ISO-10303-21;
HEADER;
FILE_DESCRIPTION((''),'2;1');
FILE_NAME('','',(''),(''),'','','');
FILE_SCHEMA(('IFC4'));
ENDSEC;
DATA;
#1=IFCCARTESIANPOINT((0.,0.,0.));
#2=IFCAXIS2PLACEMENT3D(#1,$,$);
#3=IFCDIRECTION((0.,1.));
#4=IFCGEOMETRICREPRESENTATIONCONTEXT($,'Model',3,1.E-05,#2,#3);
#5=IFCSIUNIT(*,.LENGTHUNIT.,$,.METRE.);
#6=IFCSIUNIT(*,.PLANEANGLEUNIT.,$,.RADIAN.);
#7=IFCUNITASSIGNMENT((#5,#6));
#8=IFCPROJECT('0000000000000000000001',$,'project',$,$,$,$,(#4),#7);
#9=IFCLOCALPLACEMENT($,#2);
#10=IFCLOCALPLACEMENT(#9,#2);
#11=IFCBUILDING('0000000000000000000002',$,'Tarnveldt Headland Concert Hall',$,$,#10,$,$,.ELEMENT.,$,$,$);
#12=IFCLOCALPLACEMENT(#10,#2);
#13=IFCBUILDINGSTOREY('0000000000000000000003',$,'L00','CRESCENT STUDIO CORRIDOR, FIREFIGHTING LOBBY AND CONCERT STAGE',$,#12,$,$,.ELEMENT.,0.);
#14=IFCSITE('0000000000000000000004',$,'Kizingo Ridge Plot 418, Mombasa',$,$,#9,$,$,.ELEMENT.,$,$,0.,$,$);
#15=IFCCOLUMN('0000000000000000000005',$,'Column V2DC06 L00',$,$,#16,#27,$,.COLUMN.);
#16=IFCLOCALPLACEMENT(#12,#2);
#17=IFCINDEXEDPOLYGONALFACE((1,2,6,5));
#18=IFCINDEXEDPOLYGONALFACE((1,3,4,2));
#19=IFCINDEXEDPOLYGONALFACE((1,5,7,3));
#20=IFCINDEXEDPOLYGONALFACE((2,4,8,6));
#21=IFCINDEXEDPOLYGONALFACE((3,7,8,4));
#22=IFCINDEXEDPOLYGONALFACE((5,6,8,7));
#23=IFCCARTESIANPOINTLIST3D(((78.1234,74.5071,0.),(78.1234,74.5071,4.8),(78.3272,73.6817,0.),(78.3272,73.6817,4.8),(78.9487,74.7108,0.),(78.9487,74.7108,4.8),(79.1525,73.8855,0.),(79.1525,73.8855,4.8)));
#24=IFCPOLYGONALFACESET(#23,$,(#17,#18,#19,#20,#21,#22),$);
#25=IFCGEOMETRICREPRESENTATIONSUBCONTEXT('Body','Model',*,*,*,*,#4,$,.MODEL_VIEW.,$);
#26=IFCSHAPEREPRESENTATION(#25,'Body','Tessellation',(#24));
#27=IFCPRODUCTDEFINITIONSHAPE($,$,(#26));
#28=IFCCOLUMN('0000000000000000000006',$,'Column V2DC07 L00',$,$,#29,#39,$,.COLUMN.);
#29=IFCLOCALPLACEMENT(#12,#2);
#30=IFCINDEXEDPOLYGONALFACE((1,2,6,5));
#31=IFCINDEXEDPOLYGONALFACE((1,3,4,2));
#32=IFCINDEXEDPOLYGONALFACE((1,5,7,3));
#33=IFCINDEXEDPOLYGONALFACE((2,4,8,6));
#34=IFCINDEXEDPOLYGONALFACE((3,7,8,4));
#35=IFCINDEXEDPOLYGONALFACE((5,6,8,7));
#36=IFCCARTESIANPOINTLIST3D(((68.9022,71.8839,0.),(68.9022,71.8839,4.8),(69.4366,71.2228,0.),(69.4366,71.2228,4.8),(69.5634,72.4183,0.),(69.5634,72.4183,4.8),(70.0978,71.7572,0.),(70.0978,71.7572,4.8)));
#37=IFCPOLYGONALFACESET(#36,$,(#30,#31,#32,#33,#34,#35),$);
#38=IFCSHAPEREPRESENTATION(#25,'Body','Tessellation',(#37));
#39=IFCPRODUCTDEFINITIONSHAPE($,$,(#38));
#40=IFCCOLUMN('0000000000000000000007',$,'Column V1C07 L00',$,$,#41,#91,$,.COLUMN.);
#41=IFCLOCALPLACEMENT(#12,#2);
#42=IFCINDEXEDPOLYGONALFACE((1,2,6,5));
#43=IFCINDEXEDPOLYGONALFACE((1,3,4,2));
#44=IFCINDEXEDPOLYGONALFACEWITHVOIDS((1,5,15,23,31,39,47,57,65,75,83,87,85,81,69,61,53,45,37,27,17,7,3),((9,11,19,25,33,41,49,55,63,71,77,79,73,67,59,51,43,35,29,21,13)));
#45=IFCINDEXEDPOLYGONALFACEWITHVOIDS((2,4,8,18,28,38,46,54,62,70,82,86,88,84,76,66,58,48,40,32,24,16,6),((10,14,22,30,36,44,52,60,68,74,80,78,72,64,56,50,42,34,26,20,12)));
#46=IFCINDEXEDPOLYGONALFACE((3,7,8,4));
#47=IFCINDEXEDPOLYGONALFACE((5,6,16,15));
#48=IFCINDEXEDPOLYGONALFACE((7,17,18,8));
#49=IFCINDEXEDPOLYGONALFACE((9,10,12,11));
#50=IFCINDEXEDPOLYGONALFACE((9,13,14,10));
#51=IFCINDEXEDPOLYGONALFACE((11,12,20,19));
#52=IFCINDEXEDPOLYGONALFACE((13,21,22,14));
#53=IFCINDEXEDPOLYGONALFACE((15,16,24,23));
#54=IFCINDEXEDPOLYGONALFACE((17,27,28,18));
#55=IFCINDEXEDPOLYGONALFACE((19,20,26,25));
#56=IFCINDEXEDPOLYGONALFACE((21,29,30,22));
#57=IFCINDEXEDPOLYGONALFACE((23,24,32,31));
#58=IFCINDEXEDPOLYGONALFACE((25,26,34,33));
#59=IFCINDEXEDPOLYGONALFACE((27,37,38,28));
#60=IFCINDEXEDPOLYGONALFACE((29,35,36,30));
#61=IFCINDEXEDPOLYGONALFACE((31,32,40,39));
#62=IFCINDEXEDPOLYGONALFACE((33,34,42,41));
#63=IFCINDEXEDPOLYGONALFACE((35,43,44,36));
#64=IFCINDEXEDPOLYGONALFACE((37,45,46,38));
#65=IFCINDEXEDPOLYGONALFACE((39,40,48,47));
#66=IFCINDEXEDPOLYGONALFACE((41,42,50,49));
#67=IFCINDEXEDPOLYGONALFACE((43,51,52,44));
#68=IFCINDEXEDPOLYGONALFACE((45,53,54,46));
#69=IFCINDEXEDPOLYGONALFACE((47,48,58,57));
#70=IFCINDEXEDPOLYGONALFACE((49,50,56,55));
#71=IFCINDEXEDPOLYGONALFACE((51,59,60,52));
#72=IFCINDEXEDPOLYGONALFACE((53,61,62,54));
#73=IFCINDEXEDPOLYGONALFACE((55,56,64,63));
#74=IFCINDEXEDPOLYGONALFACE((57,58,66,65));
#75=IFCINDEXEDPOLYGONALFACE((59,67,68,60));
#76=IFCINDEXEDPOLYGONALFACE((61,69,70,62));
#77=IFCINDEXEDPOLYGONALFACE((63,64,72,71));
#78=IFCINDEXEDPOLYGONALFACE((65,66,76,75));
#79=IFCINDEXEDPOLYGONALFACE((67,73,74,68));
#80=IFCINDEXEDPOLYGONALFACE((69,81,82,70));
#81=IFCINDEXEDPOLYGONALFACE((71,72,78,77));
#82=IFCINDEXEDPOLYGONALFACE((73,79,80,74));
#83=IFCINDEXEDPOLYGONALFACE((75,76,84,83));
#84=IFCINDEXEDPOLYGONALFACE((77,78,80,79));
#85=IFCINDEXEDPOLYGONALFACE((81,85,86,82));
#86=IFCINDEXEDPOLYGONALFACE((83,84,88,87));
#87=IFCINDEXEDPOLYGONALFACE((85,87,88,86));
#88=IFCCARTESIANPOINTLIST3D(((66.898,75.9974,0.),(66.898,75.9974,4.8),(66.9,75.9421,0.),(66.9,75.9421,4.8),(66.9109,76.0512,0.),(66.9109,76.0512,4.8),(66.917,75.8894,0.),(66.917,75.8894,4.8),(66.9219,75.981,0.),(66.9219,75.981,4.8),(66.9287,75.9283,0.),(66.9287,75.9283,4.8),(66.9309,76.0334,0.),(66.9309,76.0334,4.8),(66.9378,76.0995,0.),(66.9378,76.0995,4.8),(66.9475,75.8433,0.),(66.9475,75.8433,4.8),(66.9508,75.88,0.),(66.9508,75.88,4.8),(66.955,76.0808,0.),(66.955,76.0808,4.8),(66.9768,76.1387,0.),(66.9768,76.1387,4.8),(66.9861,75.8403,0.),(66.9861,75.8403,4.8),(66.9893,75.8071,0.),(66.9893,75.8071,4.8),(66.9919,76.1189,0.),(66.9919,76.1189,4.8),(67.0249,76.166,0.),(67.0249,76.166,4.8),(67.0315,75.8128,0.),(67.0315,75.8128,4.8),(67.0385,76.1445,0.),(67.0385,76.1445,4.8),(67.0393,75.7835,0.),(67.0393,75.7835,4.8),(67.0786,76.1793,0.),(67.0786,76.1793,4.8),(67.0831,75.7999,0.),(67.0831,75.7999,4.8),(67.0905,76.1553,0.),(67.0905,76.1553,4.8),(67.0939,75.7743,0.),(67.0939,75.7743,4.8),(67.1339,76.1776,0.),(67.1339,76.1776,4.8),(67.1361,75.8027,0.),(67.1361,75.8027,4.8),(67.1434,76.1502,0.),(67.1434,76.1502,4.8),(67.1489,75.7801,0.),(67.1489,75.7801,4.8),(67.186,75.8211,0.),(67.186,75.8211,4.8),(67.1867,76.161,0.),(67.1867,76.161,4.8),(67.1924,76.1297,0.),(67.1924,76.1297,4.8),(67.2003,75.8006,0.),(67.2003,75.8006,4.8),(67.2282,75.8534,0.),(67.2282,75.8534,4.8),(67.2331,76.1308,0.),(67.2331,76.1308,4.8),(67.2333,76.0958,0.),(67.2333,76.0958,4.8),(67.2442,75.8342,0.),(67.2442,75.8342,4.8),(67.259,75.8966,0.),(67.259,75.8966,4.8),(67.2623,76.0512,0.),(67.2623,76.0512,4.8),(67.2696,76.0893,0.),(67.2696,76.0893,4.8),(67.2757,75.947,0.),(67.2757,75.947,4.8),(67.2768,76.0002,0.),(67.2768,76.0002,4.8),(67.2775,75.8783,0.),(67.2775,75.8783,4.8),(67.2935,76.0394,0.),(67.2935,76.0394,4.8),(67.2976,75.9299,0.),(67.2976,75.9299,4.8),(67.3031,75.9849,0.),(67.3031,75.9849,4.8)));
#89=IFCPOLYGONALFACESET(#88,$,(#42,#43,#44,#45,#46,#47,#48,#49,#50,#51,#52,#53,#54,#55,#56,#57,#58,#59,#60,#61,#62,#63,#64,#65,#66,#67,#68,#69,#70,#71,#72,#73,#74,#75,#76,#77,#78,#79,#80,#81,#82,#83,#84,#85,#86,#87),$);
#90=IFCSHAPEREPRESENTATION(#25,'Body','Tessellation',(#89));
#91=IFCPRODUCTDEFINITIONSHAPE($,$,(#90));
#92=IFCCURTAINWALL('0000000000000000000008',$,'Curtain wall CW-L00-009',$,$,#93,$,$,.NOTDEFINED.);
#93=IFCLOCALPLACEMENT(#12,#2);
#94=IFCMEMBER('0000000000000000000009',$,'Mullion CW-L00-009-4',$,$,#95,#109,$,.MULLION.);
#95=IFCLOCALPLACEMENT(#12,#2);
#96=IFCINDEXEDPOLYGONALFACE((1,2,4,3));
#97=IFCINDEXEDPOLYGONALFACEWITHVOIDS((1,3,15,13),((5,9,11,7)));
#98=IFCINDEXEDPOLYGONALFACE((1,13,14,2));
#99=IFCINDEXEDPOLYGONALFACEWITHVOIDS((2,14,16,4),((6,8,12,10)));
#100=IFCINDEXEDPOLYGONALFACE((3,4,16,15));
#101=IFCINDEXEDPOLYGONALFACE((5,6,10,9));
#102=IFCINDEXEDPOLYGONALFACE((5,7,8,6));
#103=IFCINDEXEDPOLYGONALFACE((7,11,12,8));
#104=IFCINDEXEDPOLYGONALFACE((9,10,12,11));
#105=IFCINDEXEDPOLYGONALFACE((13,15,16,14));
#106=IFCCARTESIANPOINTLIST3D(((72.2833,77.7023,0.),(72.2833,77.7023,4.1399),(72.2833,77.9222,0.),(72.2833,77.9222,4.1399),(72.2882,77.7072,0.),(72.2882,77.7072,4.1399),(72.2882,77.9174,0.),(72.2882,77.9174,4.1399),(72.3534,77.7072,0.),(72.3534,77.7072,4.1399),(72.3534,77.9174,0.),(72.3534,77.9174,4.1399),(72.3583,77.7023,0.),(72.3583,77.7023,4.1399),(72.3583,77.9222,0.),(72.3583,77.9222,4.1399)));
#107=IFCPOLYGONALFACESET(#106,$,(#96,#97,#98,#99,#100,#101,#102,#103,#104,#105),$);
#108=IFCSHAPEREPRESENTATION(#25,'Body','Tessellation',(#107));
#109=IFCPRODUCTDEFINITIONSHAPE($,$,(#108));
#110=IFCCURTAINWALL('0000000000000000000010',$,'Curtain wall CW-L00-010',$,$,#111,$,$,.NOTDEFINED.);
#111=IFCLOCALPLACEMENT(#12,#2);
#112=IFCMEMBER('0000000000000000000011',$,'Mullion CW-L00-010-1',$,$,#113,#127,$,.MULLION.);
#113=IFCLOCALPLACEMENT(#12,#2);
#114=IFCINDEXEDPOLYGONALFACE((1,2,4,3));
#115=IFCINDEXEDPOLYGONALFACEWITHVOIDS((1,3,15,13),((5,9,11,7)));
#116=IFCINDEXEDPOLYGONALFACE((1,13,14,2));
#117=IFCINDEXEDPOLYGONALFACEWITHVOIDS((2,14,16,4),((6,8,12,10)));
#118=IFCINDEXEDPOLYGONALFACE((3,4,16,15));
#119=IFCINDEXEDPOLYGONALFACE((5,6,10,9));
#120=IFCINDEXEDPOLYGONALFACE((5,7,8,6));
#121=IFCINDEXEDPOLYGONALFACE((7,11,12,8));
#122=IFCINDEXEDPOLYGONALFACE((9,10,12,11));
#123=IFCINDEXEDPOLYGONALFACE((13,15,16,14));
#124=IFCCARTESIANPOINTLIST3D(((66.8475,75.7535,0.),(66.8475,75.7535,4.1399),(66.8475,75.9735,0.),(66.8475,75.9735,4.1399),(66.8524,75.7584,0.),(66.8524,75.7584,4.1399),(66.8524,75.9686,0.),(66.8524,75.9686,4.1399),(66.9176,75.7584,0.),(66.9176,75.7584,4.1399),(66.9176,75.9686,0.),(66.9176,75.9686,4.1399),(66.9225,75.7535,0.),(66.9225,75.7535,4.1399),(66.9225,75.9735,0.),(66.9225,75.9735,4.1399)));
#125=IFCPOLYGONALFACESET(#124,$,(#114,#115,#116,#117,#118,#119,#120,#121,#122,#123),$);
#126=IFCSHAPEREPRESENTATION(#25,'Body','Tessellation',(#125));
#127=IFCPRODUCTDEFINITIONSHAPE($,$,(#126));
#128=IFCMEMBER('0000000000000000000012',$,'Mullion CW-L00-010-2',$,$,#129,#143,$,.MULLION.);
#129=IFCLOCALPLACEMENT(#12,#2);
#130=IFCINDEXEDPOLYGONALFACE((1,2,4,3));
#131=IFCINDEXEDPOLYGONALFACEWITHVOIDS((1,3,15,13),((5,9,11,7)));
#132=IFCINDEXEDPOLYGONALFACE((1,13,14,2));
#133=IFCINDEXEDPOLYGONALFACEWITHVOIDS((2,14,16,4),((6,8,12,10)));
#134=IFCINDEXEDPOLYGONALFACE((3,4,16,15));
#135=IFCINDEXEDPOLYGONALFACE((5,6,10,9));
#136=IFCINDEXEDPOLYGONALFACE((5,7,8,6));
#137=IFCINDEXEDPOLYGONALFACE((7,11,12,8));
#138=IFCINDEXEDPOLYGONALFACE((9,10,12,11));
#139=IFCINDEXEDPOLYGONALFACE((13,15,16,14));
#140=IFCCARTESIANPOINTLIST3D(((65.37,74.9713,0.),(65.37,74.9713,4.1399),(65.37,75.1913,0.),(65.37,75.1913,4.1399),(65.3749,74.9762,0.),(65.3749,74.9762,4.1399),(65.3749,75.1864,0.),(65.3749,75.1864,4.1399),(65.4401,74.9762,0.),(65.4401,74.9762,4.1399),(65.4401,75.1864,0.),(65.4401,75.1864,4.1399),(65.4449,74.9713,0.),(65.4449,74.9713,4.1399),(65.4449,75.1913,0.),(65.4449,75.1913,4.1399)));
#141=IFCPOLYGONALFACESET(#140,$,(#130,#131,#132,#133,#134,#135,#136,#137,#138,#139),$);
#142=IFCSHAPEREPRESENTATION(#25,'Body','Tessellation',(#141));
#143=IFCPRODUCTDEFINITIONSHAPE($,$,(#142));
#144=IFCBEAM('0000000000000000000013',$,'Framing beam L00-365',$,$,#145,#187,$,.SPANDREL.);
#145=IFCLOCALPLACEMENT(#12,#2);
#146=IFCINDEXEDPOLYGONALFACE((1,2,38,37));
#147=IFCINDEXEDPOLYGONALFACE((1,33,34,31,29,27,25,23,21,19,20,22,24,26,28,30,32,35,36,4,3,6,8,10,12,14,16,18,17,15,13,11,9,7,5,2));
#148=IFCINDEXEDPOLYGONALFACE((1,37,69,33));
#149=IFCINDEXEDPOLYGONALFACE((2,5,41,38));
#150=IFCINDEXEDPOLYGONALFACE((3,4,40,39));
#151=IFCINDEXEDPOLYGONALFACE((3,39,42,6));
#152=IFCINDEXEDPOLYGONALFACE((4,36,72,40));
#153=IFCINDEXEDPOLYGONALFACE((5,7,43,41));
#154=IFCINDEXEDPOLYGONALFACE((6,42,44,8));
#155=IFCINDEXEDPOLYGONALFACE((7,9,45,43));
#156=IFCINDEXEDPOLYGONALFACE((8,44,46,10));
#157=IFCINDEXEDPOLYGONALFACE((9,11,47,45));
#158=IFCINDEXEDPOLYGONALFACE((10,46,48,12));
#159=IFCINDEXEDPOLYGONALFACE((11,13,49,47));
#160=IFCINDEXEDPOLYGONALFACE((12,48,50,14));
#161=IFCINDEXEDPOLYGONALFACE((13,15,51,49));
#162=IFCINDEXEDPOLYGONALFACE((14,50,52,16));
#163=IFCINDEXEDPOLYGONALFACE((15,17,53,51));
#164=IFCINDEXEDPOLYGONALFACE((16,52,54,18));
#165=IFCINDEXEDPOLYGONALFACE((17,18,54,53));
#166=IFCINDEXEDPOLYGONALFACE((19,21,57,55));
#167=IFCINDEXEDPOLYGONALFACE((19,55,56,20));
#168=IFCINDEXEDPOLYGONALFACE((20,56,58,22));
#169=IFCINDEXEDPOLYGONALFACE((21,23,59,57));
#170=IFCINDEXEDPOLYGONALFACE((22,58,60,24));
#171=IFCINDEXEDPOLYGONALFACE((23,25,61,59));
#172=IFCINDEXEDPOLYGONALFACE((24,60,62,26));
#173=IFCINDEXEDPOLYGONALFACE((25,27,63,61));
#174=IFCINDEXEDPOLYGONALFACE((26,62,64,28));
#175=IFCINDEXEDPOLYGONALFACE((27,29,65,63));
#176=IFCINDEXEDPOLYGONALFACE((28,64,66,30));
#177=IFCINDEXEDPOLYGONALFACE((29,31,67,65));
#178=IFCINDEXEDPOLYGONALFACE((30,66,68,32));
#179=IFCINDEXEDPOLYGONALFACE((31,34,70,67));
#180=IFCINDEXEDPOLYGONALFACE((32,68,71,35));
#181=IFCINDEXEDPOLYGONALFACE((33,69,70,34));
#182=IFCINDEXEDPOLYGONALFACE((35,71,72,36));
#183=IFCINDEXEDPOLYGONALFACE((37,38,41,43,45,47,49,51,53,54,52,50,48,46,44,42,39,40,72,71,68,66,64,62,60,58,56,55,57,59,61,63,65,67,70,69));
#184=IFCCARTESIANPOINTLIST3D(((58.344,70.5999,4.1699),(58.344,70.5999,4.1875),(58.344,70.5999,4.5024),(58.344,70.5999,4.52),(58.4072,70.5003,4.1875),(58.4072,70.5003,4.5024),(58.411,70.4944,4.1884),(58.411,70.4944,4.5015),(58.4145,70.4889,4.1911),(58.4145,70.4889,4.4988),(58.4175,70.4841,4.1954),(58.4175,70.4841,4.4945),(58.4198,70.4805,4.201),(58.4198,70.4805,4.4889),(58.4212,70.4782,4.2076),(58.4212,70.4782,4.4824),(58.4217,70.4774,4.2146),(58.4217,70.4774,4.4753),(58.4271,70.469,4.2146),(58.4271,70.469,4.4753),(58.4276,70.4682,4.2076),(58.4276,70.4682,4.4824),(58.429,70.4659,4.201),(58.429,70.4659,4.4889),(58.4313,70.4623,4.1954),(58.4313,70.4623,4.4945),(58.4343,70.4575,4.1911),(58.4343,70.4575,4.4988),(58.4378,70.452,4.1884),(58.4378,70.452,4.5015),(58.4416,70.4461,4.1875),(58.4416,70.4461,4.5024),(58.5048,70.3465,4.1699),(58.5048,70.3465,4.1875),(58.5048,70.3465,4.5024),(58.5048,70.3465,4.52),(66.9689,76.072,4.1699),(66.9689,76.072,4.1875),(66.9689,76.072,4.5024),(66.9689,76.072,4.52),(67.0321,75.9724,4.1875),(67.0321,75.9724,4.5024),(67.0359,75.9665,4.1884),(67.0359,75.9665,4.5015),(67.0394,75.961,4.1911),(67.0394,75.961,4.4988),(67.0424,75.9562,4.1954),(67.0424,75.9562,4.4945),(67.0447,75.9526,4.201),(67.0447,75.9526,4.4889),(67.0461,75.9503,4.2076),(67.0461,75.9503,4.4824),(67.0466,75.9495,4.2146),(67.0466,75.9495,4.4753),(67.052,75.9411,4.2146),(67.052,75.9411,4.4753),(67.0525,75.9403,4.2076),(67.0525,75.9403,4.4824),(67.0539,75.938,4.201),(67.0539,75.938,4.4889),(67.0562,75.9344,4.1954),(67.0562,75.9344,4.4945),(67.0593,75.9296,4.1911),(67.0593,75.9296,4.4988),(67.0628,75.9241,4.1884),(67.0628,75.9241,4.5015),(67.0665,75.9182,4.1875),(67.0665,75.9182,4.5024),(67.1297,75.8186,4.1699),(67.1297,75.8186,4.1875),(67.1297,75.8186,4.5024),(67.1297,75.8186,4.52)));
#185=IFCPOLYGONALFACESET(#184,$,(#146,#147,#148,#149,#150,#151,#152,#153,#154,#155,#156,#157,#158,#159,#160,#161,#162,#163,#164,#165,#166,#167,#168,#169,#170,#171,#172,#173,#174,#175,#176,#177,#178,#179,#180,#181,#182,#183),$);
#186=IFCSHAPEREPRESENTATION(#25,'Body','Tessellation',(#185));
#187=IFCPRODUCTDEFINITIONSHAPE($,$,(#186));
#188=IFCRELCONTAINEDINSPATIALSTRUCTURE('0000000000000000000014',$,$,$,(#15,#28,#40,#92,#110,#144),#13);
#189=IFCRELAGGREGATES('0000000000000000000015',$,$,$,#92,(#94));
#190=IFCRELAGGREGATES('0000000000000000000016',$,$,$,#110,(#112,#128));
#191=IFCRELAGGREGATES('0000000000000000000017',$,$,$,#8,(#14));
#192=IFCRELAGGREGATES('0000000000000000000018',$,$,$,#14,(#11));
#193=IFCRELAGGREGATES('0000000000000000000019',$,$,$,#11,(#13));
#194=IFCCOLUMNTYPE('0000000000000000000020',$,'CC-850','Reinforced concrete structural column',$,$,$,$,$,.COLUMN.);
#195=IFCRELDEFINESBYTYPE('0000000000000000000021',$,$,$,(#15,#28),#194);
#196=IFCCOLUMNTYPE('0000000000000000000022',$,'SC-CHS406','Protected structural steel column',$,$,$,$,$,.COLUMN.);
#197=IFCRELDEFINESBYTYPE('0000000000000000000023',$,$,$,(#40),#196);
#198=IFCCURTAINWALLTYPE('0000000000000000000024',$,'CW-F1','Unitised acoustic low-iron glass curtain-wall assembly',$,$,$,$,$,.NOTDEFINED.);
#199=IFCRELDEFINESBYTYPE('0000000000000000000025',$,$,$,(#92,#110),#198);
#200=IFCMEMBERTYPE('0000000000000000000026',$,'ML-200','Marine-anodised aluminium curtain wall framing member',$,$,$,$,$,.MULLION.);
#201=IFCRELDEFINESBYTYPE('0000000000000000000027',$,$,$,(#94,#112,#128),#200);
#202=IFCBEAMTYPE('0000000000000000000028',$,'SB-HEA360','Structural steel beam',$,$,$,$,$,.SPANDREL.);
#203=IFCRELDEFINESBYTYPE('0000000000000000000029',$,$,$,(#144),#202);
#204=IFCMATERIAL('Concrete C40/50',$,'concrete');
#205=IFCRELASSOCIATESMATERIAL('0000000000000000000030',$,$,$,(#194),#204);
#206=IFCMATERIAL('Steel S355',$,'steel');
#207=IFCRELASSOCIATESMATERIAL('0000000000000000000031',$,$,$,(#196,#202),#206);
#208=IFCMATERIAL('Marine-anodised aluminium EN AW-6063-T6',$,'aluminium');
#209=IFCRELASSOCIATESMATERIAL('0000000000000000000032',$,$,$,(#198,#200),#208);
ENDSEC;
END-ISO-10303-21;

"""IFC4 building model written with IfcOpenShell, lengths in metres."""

from ifc_helpers import new_model, si_unit, direction, frame, origin, origin_2d, place, context, subcontext, project, spatial, rectangle, hollow_rectangle, hollow_circle, i_section, extrude, material, material_profile, profile_set, type_object, element, aggregate, save


model = new_model("IFC4")

# Units and contexts
model_context = context("Model", 3, precision=1e-05, world=origin(), true_north=direction((0.0, 1.0)))
body_context = subcontext(model_context, "Body", "Model", "MODEL_VIEW")
ifc_project = project(units=[si_unit("LENGTHUNIT", "METRE"), si_unit("PLANEANGLEUNIT", "RADIAN")], contexts=[model_context])

# Site, building, storey
site_placement = place(None, origin())
site = spatial("IfcSite", under=ifc_project, at=site_placement, Name="Kizingo Ridge Plot 418, Mombasa", CompositionType="ELEMENT", RefElevation=0.0)
building_placement = place(site_placement, origin())
building = spatial("IfcBuilding", under=site, at=building_placement, Name="Tarnveldt Headland Concert Hall", CompositionType="ELEMENT")
storey_placement = place(building_placement, origin())
storey = spatial("IfcBuildingStorey", under=building, at=storey_placement, Name="L00", Description="CRESCENT STUDIO CORRIDOR, FIREFIGHTING LOBBY AND CONCERT STAGE", CompositionType="ELEMENT", Elevation=0.0)

# Columns
ifc_material_1 = material(Name="Concrete C40/50", Category="concrete")
ifc_material_profile_1 = material_profile(ifc_material_1, rectangle(XDim=0.8501, YDim=0.8501, at=origin_2d()), Name="RC 850x850", Category="concrete")
ifc_profile_set_1 = profile_set([ifc_material_profile_1], Name="Concrete C40/50")
column_type_1 = type_object("IfcColumnType", Name="CC-850", Description="Reinforced concrete structural column", PredefinedType="COLUMN", material=ifc_profile_set_1)
for number, where, z_axis, x_axis, name in (
    (1, (78.6379, 74.1963, 0.0), (0.0, 0.0, 1.0), (-0.23972, 0.970842, 0.0), "Column V2DC06 L00"),
    (2, (69.5, 71.8206, 0.0), (0.0, 0.0, 1.0), (-0.628642, 0.777695, 0.0), "Column V2DC07 L00"),
):
    element("IfcColumn", number, at=place(storey_placement, frame(where, z_axis=z_axis, x_axis=x_axis)), inside=storey, type_object=column_type_1, Name=name, PredefinedType="COLUMN", context=body_context, shape_type="SweptSolid", body=[
        extrude(rectangle(XDim=0.8501, YDim=0.8501, at=origin_2d()), origin(), (0.0, 0.0, 1.0), 4.8),
    ])
ifc_material_2 = material(Name="Steel S355", Category="steel")
ifc_material_profile_2 = material_profile(ifc_material_2, hollow_circle(Radius=0.2031, WallThickness=0.0249, at=origin_2d()), Name="CHS 406.4x25", Category="steel")
ifc_profile_set_2 = profile_set([ifc_material_profile_2], Name="Steel S355")
column_type_2 = type_object("IfcColumnType", Name="SC-CHS406", Description="Protected structural steel column", PredefinedType="COLUMN", material=ifc_profile_set_2)
column_placement = place(storey_placement, frame((67.1001, 75.9773, 0.0), z_axis=(0.0, 0.0, 1.0), x_axis=(-0.60696, 0.794733, 0.0)))
element("IfcColumn", 3, at=column_placement, inside=storey, type_object=column_type_2, Name="Column V1C07 L00", PredefinedType="COLUMN", context=body_context, shape_type="SweptSolid", body=[
    extrude(hollow_circle(Radius=0.2031, WallThickness=0.0249, at=origin_2d()), origin(), (0.0, 0.0, 1.0), 4.8),
])

# Curtain wall, member
ifc_material_3 = material(Name="Marine-anodised aluminium EN AW-6063-T6", Category="aluminium")
curtain_wall_type = type_object("IfcCurtainWallType", Name="CW-F1", Description="Unitised acoustic low-iron glass curtain-wall assembly", PredefinedType="NOTDEFINED", material=ifc_material_3)
curtain_wall_1_placement = place(storey_placement, origin())
curtain_wall_1 = element("IfcCurtainWall", 4, at=curtain_wall_1_placement, inside=storey, type_object=curtain_wall_type, Name="Curtain wall CW-L00-009", PredefinedType="NOTDEFINED")
ifc_material_profile_3 = material_profile(ifc_material_3, hollow_rectangle(XDim=0.075, YDim=0.22, WallThickness=0.0049, at=origin_2d()), Name="ALU MULLION 75x220x5", Category="aluminium")
ifc_profile_set_3 = profile_set([ifc_material_profile_3], Name="Marine-anodised aluminium EN AW-6063-T6")
member_type_1 = type_object("IfcMemberType", Name="ML-200", Description="Marine-anodised aluminium curtain wall framing member", PredefinedType="MULLION", material=ifc_profile_set_3)
member_1_placement = place(storey_placement, frame((72.3208, 77.8123, 0.0), z_axis=(0.0, 0.0, 1.0), x_axis=(1.0, 0.0, 0.0)))
member_1 = element("IfcMember", 5, at=member_1_placement, type_object=member_type_1, Name="Mullion CW-L00-009-4", PredefinedType="MULLION", context=body_context, shape_type="SweptSolid", body=[
    extrude(hollow_rectangle(XDim=0.075, YDim=0.22, WallThickness=0.0049, at=origin_2d()), origin(), (0.0, 0.0, 1.0), 4.1399),
])

# Curtain wall, members
curtain_wall_2_placement = place(storey_placement, origin())
curtain_wall_2 = element("IfcCurtainWall", 6, at=curtain_wall_2_placement, inside=storey, type_object=curtain_wall_type, Name="Curtain wall CW-L00-010", PredefinedType="NOTDEFINED")
member_2_placement = place(storey_placement, frame((66.885, 75.8635, 0.0), z_axis=(0.0, 0.0, 1.0), x_axis=(1.0, 0.0, 0.0)))
member_2 = element("IfcMember", 7, at=member_2_placement, type_object=member_type_1, Name="Mullion CW-L00-010-1", PredefinedType="MULLION", context=body_context, shape_type="SweptSolid", body=[
    extrude(hollow_rectangle(XDim=0.075, YDim=0.22, WallThickness=0.0049, at=origin_2d()), origin(), (0.0, 0.0, 1.0), 4.1399),
])
member_3_placement = place(storey_placement, frame((65.4075, 75.0813, 0.0), z_axis=(0.0, 0.0, 1.0), x_axis=(1.0, 0.0, 0.0)))
member_3 = element("IfcMember", 8, at=member_3_placement, type_object=member_type_1, Name="Mullion CW-L00-010-2", PredefinedType="MULLION", context=body_context, shape_type="SweptSolid", body=[
    extrude(hollow_rectangle(XDim=0.075, YDim=0.22, WallThickness=0.0049, at=origin_2d()), origin(), (0.0, 0.0, 1.0), 4.1399),
])

# Beam
ifc_material_profile_4 = material_profile(ifc_material_2, i_section(OverallWidth=0.3, OverallDepth=0.3501, WebThickness=0.01, FlangeThickness=0.0176, FilletRadius=0.0271, at=origin_2d()), Name="HEA360", Category="steel")
ifc_profile_set_4 = profile_set([ifc_material_profile_4], Name="Steel S355")
beam_type_1 = type_object("IfcBeamType", Name="SB-HEA360", Description="Structural steel beam", PredefinedType="SPANDREL", material=ifc_profile_set_4)
beam_1_placement = place(storey_placement, frame((67.0493, 75.9453, 4.345), z_axis=(-0.844391, -0.535727, 0.0), x_axis=(0.535727, -0.844391, 0.0)))
element("IfcBeam", 9, at=beam_1_placement, inside=storey, type_object=beam_type_1, Name="Framing beam L00-365", PredefinedType="SPANDREL", context=body_context, shape_type="SweptSolid", body=[
    extrude(i_section(OverallWidth=0.3, OverallDepth=0.3501, WebThickness=0.01, FlangeThickness=0.0176, FilletRadius=0.0271, at=origin_2d()), origin(), (0.0, 0.0, 1.0), 10.2144),
])

aggregate(curtain_wall_1, [member_1])
aggregate(curtain_wall_2, [member_2, member_3])

save(model, "model.ifc")
